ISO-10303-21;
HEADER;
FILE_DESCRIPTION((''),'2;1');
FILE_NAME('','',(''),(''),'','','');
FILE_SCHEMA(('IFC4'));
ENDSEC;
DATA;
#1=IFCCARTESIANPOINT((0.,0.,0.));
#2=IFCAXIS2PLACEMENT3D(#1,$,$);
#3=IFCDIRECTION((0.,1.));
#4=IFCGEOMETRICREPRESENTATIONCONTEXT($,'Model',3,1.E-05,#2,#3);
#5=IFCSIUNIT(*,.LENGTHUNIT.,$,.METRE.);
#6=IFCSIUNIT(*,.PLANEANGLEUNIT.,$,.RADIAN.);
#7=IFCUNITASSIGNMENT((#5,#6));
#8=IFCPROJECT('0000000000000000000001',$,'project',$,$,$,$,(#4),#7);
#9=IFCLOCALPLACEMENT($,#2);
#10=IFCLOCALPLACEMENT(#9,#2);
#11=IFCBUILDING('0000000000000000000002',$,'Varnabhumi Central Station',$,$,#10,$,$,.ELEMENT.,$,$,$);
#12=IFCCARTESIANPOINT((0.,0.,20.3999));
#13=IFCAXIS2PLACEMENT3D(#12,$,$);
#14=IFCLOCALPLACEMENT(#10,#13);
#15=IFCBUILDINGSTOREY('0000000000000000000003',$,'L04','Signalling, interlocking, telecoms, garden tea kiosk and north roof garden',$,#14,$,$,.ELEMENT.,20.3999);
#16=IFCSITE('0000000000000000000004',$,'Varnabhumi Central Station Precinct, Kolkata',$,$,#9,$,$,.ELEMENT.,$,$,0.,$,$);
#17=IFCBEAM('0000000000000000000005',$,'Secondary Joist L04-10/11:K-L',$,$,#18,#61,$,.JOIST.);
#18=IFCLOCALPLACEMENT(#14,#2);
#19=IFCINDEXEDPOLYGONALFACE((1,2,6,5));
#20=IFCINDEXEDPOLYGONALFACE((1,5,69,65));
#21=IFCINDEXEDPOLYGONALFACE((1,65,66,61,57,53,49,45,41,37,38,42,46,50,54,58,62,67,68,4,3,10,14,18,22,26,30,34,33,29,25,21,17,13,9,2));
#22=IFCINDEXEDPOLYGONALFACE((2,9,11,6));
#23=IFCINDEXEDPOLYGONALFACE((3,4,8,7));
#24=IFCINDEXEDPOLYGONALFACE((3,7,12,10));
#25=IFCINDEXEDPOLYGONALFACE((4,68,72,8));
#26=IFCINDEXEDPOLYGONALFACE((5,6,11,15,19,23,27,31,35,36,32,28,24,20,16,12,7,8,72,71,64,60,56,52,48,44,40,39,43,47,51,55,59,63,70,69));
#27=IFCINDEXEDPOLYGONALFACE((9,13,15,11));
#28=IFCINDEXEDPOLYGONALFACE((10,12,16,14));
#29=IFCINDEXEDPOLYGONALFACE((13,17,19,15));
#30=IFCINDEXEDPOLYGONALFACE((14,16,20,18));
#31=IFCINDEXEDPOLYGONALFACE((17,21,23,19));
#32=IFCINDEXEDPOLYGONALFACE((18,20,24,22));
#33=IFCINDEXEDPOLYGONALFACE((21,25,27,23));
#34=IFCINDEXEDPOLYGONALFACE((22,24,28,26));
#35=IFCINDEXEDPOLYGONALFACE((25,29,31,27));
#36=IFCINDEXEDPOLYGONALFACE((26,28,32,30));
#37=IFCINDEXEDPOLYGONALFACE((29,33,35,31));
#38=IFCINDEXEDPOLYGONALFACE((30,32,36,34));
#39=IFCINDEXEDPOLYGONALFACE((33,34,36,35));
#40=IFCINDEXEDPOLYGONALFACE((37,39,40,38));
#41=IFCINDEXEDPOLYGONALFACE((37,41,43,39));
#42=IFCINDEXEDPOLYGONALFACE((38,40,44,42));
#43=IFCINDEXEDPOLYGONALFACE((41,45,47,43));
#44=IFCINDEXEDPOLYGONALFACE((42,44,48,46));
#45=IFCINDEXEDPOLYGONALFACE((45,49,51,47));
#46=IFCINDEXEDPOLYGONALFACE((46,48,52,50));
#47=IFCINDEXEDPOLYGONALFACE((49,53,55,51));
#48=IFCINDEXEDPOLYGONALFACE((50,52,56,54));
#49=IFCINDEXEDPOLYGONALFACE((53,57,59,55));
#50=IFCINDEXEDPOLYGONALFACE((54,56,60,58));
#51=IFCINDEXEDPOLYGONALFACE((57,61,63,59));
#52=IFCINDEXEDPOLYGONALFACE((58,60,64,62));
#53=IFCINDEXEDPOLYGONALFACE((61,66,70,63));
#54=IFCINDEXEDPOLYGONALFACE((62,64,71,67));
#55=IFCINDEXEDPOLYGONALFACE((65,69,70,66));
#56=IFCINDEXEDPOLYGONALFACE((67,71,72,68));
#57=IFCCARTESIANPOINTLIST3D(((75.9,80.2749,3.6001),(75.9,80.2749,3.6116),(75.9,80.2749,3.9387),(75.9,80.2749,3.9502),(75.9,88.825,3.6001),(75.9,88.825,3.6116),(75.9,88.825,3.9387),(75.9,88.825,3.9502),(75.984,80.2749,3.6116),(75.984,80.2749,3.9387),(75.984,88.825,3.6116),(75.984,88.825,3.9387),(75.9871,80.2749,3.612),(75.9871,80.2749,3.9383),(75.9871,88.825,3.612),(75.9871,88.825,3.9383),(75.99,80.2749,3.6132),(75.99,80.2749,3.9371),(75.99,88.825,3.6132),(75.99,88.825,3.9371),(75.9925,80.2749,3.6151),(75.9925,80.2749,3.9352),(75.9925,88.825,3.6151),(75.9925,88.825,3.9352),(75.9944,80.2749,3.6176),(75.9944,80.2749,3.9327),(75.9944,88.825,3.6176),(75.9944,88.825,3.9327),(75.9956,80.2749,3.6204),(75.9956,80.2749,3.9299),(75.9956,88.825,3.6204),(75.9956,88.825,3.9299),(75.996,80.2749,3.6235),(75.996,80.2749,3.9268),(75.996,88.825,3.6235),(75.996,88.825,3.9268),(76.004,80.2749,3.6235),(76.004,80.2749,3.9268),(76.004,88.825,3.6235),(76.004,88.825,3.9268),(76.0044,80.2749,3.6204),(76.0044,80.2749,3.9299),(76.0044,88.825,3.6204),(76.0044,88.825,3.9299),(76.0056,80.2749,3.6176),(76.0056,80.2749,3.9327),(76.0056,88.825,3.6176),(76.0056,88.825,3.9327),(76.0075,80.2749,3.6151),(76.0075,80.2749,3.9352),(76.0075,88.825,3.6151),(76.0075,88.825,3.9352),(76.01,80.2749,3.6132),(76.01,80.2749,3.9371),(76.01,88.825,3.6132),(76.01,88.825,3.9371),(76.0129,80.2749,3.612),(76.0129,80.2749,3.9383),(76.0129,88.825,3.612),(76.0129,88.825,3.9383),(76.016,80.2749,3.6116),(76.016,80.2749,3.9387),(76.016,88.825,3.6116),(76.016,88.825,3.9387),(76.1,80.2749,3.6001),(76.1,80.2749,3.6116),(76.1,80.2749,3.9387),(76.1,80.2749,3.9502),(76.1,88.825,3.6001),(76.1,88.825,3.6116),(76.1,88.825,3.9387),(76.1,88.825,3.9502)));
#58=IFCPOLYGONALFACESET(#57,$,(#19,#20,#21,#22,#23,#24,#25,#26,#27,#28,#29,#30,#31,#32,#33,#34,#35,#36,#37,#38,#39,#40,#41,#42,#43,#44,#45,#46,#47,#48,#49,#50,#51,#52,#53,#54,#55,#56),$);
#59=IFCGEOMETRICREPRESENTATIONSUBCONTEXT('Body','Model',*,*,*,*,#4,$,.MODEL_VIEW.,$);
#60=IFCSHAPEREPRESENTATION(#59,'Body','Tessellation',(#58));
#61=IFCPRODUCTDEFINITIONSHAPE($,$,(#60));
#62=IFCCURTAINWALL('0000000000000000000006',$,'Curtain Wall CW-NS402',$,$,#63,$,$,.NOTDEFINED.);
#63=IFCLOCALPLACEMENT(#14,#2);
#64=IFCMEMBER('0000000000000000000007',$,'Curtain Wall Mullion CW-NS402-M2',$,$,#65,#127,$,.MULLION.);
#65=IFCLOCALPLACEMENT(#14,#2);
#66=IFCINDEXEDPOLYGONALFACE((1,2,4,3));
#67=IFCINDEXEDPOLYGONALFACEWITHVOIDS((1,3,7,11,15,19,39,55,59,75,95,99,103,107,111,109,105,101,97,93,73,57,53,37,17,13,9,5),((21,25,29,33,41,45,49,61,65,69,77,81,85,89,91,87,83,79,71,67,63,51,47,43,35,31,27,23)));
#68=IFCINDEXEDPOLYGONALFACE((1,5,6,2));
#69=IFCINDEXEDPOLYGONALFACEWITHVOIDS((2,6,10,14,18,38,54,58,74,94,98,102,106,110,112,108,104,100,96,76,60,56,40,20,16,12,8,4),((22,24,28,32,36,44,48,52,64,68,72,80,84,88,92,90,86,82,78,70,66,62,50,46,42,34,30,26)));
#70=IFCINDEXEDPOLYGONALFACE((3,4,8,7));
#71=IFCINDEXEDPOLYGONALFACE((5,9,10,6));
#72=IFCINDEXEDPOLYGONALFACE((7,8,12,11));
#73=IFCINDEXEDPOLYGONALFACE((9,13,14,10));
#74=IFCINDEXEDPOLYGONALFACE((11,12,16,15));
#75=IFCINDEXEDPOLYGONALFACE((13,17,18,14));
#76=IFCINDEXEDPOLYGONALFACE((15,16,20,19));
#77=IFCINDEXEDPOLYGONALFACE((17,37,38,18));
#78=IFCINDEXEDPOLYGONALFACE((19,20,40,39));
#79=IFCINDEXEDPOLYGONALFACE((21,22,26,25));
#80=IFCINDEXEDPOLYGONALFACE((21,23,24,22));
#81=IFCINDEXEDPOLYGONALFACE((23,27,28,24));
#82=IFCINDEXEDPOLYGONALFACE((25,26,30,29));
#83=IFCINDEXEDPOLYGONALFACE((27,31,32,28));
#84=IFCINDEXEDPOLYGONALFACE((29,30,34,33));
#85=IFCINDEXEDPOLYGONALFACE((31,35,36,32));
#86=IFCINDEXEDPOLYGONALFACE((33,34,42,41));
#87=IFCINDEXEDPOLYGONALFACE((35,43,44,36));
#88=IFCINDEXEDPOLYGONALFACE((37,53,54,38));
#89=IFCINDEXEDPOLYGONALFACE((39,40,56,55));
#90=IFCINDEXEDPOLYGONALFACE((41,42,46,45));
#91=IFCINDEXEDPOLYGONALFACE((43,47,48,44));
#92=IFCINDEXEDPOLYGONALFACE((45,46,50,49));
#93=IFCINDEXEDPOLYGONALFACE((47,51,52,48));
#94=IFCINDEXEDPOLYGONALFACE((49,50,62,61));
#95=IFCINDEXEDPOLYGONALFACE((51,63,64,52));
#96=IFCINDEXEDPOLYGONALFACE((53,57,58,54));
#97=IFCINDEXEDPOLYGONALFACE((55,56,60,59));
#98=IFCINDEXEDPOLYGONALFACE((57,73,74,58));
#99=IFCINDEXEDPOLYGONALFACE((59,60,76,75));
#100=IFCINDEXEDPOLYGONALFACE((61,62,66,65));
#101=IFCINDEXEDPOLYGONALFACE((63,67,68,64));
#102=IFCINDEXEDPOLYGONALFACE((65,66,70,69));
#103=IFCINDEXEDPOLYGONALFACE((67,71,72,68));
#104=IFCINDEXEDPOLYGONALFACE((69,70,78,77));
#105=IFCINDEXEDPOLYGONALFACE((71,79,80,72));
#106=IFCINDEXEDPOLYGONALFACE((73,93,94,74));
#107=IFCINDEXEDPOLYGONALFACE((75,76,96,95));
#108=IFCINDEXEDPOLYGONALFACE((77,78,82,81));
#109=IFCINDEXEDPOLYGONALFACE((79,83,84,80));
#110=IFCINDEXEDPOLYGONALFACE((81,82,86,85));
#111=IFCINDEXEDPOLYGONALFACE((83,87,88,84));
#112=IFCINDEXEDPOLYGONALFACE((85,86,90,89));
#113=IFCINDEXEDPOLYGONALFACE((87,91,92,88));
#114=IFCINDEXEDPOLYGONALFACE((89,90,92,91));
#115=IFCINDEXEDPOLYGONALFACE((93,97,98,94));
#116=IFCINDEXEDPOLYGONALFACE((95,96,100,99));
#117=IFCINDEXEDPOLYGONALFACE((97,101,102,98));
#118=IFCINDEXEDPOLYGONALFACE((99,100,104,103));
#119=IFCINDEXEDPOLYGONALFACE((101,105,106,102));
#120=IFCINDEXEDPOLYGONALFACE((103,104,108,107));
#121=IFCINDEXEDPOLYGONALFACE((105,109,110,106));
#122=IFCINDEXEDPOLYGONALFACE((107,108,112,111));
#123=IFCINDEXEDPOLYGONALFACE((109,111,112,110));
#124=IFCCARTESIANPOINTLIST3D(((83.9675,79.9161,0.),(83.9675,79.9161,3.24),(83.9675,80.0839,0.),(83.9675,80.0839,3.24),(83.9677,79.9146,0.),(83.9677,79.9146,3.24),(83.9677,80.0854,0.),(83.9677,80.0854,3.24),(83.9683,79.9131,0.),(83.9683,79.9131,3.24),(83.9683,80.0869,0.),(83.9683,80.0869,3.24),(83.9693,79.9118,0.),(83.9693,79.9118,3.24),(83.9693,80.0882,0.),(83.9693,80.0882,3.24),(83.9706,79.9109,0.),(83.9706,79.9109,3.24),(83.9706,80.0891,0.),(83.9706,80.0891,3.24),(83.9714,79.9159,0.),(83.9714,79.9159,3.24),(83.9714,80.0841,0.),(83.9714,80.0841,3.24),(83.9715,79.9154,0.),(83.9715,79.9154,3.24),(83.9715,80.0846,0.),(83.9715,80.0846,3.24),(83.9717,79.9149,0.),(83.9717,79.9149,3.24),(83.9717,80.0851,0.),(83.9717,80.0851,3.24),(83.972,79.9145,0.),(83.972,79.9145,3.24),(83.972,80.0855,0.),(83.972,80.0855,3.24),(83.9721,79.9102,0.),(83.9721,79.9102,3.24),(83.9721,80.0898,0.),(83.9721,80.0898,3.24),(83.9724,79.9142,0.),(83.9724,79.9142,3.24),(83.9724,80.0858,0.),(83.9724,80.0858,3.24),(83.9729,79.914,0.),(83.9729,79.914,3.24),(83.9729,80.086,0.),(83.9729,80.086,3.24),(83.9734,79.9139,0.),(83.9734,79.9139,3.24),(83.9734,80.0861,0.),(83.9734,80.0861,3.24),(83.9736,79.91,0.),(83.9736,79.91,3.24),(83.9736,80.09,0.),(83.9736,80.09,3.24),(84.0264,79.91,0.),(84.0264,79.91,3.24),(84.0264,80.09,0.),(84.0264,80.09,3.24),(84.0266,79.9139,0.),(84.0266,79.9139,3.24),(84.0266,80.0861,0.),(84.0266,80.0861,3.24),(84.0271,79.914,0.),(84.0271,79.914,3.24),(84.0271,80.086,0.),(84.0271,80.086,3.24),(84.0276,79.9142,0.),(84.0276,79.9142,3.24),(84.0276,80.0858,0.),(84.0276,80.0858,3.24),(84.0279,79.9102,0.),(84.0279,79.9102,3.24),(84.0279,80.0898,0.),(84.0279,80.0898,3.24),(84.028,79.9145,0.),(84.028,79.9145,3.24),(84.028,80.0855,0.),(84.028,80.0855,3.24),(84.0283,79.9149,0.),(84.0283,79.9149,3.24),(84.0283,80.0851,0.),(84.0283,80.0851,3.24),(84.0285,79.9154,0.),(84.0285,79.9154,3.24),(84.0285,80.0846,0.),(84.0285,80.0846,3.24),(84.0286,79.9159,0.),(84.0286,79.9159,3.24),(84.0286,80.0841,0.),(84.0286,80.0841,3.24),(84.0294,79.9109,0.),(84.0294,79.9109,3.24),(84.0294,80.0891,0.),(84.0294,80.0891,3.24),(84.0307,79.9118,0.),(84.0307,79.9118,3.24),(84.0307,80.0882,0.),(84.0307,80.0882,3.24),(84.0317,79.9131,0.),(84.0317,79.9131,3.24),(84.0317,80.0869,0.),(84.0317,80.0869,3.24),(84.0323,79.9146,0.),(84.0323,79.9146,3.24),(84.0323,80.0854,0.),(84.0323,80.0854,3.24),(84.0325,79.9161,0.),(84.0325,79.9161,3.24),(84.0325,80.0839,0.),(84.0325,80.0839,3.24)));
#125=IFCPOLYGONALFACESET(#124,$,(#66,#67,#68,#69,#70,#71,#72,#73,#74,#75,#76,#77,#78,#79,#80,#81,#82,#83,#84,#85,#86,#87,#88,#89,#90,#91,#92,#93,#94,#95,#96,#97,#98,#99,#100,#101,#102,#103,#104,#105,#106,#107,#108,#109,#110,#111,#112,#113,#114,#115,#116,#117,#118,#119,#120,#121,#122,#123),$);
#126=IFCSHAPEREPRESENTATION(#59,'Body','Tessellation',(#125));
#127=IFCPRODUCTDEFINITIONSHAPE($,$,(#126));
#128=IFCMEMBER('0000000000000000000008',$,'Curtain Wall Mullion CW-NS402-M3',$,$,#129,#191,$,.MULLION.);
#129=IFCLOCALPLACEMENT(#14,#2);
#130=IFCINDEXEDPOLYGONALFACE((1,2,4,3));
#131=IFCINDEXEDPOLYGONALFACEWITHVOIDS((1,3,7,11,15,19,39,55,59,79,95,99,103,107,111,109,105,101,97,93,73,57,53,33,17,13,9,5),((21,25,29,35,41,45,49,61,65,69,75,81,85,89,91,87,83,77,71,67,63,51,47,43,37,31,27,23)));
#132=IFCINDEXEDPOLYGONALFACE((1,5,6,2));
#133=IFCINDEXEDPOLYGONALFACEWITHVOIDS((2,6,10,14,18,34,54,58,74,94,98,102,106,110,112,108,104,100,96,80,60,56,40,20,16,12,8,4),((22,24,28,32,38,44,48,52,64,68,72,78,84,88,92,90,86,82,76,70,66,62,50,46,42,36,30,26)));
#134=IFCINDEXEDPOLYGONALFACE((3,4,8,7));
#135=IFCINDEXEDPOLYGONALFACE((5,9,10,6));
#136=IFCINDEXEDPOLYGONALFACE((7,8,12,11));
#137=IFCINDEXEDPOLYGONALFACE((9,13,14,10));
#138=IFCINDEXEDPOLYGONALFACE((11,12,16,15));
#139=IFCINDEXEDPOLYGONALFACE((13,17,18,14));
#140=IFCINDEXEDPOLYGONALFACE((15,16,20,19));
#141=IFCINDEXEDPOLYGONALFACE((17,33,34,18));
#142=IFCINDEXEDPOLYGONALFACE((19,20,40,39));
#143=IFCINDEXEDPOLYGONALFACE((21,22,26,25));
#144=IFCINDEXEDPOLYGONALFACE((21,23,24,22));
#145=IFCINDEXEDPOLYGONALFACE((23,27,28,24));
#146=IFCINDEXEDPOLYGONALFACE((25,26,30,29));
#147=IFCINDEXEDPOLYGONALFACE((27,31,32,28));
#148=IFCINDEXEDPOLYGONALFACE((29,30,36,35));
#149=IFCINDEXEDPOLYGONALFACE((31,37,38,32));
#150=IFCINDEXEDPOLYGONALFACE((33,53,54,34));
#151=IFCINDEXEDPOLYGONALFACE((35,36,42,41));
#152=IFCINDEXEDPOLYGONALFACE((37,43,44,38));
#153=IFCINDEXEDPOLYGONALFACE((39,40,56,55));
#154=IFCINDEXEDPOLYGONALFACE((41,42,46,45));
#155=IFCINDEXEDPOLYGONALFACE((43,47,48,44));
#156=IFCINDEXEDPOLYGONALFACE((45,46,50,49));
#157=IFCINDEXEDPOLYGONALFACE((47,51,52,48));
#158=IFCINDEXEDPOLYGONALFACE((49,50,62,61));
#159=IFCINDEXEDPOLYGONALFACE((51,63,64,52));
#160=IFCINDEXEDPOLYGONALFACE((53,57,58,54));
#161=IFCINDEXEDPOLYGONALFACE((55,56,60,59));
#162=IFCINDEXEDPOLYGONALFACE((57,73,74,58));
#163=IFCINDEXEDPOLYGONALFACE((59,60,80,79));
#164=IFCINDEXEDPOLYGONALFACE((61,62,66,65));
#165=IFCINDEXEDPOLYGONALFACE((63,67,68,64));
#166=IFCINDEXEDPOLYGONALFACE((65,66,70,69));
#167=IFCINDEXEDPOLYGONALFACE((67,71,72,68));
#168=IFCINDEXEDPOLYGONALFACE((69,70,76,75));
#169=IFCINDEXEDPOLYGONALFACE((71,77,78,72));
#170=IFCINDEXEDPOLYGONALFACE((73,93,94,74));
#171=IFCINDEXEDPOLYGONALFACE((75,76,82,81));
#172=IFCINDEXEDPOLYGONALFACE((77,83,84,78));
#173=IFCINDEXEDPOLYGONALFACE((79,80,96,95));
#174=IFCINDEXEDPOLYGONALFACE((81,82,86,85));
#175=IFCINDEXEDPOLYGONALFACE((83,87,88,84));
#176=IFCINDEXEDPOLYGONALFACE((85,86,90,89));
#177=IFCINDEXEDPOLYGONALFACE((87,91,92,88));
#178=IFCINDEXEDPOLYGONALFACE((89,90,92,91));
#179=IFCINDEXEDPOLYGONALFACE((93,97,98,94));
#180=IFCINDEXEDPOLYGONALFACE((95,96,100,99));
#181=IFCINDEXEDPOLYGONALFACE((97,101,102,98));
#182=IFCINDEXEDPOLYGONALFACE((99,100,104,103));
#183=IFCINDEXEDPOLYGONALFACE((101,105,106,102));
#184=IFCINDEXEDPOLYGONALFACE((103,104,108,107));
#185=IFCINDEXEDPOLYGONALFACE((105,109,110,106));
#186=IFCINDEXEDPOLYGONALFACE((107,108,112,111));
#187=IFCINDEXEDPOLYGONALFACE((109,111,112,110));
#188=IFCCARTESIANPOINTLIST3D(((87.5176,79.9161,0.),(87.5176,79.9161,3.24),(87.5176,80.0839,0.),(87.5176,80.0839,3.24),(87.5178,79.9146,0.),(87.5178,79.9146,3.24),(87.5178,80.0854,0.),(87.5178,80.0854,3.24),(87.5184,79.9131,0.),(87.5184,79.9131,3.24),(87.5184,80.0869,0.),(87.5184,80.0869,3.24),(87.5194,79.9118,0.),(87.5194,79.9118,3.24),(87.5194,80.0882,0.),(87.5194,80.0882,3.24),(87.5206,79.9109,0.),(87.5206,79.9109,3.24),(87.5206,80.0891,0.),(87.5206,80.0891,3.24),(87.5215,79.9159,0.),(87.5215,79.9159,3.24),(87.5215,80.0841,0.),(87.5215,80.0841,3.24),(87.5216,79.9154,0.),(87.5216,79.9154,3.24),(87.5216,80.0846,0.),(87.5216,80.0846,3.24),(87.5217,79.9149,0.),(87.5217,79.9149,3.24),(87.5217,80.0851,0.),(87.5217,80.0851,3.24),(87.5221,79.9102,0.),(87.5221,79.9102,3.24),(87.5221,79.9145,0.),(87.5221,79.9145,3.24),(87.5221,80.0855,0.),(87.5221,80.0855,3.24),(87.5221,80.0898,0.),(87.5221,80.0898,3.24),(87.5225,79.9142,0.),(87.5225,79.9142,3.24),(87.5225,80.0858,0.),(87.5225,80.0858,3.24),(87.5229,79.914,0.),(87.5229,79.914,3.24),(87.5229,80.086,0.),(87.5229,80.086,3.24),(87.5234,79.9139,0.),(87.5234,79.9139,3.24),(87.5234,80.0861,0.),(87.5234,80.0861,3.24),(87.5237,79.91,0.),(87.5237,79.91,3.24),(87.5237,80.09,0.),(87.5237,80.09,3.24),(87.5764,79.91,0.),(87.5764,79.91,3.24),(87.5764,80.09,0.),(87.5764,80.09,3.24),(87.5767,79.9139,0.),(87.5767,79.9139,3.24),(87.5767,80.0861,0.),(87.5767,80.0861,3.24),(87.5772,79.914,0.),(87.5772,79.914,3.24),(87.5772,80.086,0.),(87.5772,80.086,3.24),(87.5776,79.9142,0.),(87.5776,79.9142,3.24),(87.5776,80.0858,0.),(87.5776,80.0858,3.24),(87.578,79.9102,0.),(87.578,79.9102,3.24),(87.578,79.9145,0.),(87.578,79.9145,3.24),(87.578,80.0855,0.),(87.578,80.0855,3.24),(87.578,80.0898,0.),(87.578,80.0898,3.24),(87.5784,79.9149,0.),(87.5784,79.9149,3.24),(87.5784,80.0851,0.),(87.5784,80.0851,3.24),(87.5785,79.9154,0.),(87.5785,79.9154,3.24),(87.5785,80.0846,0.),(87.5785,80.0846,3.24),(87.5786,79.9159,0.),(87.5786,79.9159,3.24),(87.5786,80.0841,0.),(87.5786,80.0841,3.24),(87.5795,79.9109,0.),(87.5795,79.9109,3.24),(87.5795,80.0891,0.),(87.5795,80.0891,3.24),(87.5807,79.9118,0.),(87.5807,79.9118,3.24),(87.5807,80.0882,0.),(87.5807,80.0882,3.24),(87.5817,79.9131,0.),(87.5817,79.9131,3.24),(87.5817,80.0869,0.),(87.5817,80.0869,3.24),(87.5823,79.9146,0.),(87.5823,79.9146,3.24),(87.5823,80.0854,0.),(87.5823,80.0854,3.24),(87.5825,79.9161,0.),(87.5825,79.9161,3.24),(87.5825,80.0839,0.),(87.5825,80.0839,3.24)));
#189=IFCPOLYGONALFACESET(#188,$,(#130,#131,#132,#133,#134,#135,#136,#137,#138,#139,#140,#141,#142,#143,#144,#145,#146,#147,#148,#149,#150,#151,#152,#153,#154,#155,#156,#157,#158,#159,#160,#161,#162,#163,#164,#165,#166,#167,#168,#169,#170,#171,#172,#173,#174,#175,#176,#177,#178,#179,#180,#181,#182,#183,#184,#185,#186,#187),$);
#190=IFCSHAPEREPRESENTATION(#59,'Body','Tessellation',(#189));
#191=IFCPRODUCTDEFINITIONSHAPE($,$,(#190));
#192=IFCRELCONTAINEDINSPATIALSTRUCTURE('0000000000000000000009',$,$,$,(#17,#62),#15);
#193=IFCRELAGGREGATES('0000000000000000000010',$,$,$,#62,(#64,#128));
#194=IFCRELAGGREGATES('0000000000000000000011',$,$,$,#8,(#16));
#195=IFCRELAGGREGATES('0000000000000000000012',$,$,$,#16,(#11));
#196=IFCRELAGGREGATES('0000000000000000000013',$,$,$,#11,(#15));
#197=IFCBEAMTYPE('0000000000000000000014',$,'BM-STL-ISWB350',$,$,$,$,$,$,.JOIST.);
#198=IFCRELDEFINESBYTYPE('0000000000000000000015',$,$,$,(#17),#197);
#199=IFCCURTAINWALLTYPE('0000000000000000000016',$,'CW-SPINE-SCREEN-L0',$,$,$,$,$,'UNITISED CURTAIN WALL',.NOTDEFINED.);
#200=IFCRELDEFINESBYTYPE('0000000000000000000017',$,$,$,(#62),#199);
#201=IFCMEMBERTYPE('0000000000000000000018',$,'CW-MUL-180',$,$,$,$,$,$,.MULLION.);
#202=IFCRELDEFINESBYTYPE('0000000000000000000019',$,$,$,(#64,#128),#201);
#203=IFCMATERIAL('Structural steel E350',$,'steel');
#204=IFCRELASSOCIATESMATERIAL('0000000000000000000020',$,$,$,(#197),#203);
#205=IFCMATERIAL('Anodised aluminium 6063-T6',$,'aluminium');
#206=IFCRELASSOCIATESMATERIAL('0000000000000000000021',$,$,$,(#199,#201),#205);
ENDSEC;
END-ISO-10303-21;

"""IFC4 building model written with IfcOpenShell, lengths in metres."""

from ifc_helpers import new_model, si_unit, direction, frame, origin, origin_2d, place, context, subcontext, project, spatial, hollow_rectangle, i_section, extrude, material, material_profile, profile_set, type_object, element, aggregate, save


model = new_model("IFC4")

# Units and contexts
model_context = context("Model", 3, precision=1e-05, world=origin(), true_north=direction((0.0, 1.0)))
body_context = subcontext(model_context, "Body", "Model", "MODEL_VIEW")
ifc_project = project(units=[si_unit("LENGTHUNIT", "METRE"), si_unit("PLANEANGLEUNIT", "RADIAN")], contexts=[model_context])

# Site, building, storey
site_placement = place(None, origin())
site = spatial("IfcSite", under=ifc_project, at=site_placement, Name="Varnabhumi Central Station Precinct, Kolkata", CompositionType="ELEMENT", RefElevation=0.0)
building_placement = place(site_placement, origin())
building = spatial("IfcBuilding", under=site, at=building_placement, Name="Varnabhumi Central Station", CompositionType="ELEMENT")
storey_placement = place(building_placement, frame((0.0, 0.0, 20.3999)))
storey = spatial("IfcBuildingStorey", under=building, at=storey_placement, Name="L04", Description="Signalling, interlocking, telecoms, garden tea kiosk and north roof garden", CompositionType="ELEMENT", Elevation=20.3999)

# Beam
ifc_material_1 = material(Name="Structural steel E350", Category="steel")
ifc_material_profile_1 = material_profile(ifc_material_1, i_section(OverallWidth=0.2, OverallDepth=0.3501, WebThickness=0.0081, FlangeThickness=0.0115, FilletRadius=0.012, at=origin_2d()), Name="Structural steel E350", Category="steel")
ifc_profile_set_1 = profile_set([ifc_material_profile_1], Name="Structural steel E350")
beam_type_1 = type_object("IfcBeamType", Name="BM-STL-ISWB350", PredefinedType="JOIST", material=ifc_profile_set_1)
beam_1_placement = place(storey_placement, frame((76.0, 80.2749, 3.7751), z_axis=(0.0, 1.0, 0.0), x_axis=(-1.0, 0.0, 0.0)))
element("IfcBeam", 1, at=beam_1_placement, inside=storey, type_object=beam_type_1, Name="Secondary Joist L04-10/11:K-L", PredefinedType="JOIST", context=body_context, shape_type="SweptSolid", body=[
    extrude(i_section(OverallWidth=0.2, OverallDepth=0.3501, WebThickness=0.0081, FlangeThickness=0.0115, FilletRadius=0.012, at=origin_2d()), origin(), (0.0, 0.0, 1.0), 8.55),
])

# Curtain wall, members
ifc_material_2 = material(Name="Anodised aluminium 6063-T6", Category="aluminium")
curtain_wall_type_1 = type_object("IfcCurtainWallType", Name="CW-SPINE-SCREEN-L0", ElementType="UNITISED CURTAIN WALL", PredefinedType="NOTDEFINED", material=ifc_material_2)
curtain_wall_1_placement = place(storey_placement, origin())
curtain_wall_1 = element("IfcCurtainWall", 2, at=curtain_wall_1_placement, inside=storey, type_object=curtain_wall_type_1, Name="Curtain Wall CW-NS402", PredefinedType="NOTDEFINED")
ifc_material_profile_2 = material_profile(ifc_material_2, hollow_rectangle(XDim=0.0649, YDim=0.1799, WallThickness=0.0039, InnerFilletRadius=0.002, OuterFilletRadius=0.0061, at=origin_2d()), Name="Anodised aluminium 6063-T6", Category="aluminium")
ifc_profile_set_2 = profile_set([ifc_material_profile_2], Name="Anodised aluminium 6063-T6")
member_type_1 = type_object("IfcMemberType", Name="CW-MUL-180", PredefinedType="MULLION", material=ifc_profile_set_2)
member_1_placement = place(storey_placement, frame((84.0, 80.0, 0.0), z_axis=(0.0, 0.0, 1.0), x_axis=(1.0, 0.0, 0.0)))
member_1 = element("IfcMember", 3, at=member_1_placement, type_object=member_type_1, Name="Curtain Wall Mullion CW-NS402-M2", PredefinedType="MULLION", context=body_context, shape_type="SweptSolid", body=[
    extrude(hollow_rectangle(XDim=0.0649, YDim=0.1799, WallThickness=0.0039, InnerFilletRadius=0.002, OuterFilletRadius=0.0061, at=origin_2d()), origin(), (0.0, 0.0, 1.0), 3.24),
])
member_2_placement = place(storey_placement, frame((87.55, 80.0, 0.0), z_axis=(0.0, 0.0, 1.0), x_axis=(1.0, 0.0, 0.0)))
member_2 = element("IfcMember", 4, at=member_2_placement, type_object=member_type_1, Name="Curtain Wall Mullion CW-NS402-M3", PredefinedType="MULLION", context=body_context, shape_type="SweptSolid", body=[
    extrude(hollow_rectangle(XDim=0.0649, YDim=0.1799, WallThickness=0.0039, InnerFilletRadius=0.002, OuterFilletRadius=0.0061, at=origin_2d()), origin(), (0.0, 0.0, 1.0), 3.24),
])

aggregate(curtain_wall_1, [member_1, member_2])

save(model, "model.ifc")
